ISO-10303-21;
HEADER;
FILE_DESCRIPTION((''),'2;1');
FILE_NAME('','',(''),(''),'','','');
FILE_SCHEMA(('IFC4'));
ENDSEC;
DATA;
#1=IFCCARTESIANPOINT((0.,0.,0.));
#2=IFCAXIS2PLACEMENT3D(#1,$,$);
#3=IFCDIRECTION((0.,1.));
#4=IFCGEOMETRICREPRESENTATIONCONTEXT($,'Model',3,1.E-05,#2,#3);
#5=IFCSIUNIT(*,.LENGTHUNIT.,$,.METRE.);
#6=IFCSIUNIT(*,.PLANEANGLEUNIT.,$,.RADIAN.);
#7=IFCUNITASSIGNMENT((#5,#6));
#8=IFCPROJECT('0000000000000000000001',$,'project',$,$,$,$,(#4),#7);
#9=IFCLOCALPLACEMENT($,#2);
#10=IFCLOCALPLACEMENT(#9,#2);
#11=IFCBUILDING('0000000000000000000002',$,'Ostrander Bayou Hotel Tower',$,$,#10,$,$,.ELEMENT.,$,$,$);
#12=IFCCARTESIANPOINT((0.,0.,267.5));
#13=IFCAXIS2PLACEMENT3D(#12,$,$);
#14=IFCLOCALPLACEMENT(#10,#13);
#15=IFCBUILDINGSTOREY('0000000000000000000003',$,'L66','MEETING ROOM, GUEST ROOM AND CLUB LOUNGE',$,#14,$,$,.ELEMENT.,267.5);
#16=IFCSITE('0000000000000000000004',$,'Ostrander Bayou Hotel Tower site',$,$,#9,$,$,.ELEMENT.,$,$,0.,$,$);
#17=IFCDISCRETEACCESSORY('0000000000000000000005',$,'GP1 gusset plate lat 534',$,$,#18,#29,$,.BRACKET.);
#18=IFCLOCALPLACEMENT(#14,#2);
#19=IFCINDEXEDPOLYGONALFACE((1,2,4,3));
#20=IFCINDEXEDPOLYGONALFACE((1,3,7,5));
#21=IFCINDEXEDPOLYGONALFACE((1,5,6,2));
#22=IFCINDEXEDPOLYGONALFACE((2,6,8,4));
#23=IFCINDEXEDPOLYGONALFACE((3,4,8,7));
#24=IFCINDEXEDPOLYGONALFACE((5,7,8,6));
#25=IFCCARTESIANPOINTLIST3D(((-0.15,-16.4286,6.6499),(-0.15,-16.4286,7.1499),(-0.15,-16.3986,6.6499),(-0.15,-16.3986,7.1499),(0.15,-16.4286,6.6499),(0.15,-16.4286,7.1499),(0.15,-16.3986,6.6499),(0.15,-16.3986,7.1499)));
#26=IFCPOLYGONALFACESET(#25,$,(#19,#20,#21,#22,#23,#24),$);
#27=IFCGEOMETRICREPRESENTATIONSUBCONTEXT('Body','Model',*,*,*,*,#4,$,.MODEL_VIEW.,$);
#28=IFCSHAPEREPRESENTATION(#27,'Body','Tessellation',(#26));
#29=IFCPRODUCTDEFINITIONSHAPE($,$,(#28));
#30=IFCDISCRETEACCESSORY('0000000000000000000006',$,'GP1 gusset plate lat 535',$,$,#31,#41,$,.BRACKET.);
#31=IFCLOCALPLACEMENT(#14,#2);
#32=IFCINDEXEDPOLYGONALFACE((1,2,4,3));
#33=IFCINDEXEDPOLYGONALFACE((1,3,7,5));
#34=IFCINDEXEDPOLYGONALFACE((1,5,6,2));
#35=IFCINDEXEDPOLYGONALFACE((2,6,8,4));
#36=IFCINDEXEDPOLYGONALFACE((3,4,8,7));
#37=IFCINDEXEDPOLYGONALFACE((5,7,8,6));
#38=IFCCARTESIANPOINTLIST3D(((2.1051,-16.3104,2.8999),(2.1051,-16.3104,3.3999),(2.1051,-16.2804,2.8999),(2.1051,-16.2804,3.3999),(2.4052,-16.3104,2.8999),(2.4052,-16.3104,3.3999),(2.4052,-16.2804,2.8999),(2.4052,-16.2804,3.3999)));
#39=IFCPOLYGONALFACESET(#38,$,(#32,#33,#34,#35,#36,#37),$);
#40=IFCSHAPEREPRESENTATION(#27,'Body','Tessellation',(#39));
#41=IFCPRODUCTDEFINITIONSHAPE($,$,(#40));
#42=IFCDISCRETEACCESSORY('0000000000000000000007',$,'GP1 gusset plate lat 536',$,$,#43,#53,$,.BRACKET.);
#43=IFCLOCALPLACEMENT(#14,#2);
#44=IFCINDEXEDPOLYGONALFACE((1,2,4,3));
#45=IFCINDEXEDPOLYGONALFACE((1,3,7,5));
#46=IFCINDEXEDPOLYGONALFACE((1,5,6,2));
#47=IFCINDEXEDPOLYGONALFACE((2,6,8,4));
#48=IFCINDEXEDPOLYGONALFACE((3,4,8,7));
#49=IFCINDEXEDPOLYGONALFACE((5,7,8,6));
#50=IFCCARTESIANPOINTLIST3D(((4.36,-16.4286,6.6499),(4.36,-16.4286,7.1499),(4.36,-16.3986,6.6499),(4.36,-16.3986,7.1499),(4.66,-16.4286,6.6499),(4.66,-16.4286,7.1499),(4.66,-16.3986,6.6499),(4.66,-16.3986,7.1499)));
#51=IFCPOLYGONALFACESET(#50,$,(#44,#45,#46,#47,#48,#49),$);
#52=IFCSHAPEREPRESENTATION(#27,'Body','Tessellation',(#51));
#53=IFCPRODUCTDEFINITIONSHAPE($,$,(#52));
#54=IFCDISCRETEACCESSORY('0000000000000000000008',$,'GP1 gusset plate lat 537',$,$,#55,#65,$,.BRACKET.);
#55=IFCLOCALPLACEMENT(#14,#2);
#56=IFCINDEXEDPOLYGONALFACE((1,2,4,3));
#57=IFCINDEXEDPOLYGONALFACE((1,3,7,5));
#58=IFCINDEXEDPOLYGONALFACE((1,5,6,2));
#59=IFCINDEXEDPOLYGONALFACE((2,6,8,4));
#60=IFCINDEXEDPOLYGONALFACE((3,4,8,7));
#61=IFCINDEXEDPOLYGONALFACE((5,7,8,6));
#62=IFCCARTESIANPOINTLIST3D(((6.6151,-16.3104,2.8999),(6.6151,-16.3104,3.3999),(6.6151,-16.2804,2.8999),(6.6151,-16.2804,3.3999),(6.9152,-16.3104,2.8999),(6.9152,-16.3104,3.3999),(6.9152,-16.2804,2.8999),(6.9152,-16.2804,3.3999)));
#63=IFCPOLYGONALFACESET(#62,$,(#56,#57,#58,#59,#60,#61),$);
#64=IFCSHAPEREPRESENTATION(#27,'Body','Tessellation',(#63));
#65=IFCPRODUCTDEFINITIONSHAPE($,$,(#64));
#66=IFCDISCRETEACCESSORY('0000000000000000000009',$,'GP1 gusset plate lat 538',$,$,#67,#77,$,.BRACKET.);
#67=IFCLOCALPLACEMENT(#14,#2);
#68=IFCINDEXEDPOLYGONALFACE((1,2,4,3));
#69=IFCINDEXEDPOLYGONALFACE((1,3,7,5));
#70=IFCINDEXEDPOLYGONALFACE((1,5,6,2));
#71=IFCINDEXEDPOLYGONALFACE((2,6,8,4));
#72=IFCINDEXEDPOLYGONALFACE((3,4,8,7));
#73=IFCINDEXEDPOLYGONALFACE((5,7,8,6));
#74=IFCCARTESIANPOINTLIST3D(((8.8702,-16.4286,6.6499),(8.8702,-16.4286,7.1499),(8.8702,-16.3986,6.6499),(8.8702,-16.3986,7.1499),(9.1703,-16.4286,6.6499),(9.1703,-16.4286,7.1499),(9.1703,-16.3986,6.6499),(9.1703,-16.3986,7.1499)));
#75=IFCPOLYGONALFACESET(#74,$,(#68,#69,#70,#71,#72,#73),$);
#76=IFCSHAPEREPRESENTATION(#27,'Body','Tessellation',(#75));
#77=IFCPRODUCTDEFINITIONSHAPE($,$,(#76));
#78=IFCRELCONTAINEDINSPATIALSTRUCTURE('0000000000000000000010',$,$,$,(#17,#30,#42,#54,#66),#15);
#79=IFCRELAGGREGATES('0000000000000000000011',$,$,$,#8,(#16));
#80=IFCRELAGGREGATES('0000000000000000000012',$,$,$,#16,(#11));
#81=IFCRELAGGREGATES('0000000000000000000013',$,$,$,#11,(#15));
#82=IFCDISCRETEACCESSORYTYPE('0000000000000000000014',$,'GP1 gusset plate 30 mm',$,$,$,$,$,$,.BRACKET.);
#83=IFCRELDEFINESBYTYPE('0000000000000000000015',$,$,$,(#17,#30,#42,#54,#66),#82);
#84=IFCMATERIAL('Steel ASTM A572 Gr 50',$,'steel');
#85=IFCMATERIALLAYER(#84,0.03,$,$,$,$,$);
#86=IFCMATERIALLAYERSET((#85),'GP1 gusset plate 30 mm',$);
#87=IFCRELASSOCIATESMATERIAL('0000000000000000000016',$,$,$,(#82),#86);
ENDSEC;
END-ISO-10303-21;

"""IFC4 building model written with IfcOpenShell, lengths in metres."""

from ifc_helpers import new_model, si_unit, direction, frame, origin, origin_2d, place, context, subcontext, project, spatial, rectangle, extrude, material, layer, layer_set, type_object, element, save


model = new_model("IFC4")

# Units and contexts
model_context = context("Model", 3, precision=1e-05, world=origin(), true_north=direction((0.0, 1.0)))
body_context = subcontext(model_context, "Body", "Model", "MODEL_VIEW")
ifc_project = project(units=[si_unit("LENGTHUNIT", "METRE"), si_unit("PLANEANGLEUNIT", "RADIAN")], contexts=[model_context])

# Site, building, storey
site_placement = place(None, origin())
site = spatial("IfcSite", under=ifc_project, at=site_placement, Name="Ostrander Bayou Hotel Tower site", CompositionType="ELEMENT", RefElevation=0.0)
building_placement = place(site_placement, origin())
building = spatial("IfcBuilding", under=site, at=building_placement, Name="Ostrander Bayou Hotel Tower", CompositionType="ELEMENT")
storey_placement = place(building_placement, frame((0.0, 0.0, 267.5)))
storey = spatial("IfcBuildingStorey", under=building, at=storey_placement, Name="L66", Description="MEETING ROOM, GUEST ROOM AND CLUB LOUNGE", CompositionType="ELEMENT", Elevation=267.5)

# Discrete accessories
ifc_material_1 = material(Name="Steel ASTM A572 Gr 50", Category="steel")
ifc_layer_1 = layer(ifc_material_1, 0.03)
ifc_layer_set_1 = layer_set([ifc_layer_1], Name="GP1 gusset plate 30 mm")
discrete_accessory_type = type_object("IfcDiscreteAccessoryType", Name="GP1 gusset plate 30 mm", PredefinedType="BRACKET", material=ifc_layer_set_1)
for number, where, z_axis, x_axis, name in (
    (1, (0.0, -16.4136, 6.6499), (0.0, 0.0, 1.0), (1.0, 0.0, 0.0), "GP1 gusset plate lat 534"),
    (2, (2.2551, -16.2954, 2.8999), (0.0, 0.0, 1.0), (1.0, 0.0, 0.0), "GP1 gusset plate lat 535"),
    (3, (4.51, -16.4136, 6.6499), (0.0, 0.0, 1.0), (1.0, 0.0, 0.0), "GP1 gusset plate lat 536"),
    (4, (6.7651, -16.2954, 2.8999), (0.0, 0.0, 1.0), (1.0, 0.0, 0.0), "GP1 gusset plate lat 537"),
    (5, (9.0203, -16.4136, 6.6499), (0.0, 0.0, 1.0), (1.0, 0.0, 0.0), "GP1 gusset plate lat 538"),
):
    element("IfcDiscreteAccessory", number, at=place(storey_placement, frame(where, z_axis=z_axis, x_axis=x_axis)), inside=storey, type_object=discrete_accessory_type, Name=name, PredefinedType="BRACKET", context=body_context, shape_type="SweptSolid", body=[
        extrude(rectangle(XDim=0.3, YDim=0.03, at=origin_2d()), origin(), (0.0, 0.0, 1.0), 0.5),
    ])

save(model, "model.ifc")
